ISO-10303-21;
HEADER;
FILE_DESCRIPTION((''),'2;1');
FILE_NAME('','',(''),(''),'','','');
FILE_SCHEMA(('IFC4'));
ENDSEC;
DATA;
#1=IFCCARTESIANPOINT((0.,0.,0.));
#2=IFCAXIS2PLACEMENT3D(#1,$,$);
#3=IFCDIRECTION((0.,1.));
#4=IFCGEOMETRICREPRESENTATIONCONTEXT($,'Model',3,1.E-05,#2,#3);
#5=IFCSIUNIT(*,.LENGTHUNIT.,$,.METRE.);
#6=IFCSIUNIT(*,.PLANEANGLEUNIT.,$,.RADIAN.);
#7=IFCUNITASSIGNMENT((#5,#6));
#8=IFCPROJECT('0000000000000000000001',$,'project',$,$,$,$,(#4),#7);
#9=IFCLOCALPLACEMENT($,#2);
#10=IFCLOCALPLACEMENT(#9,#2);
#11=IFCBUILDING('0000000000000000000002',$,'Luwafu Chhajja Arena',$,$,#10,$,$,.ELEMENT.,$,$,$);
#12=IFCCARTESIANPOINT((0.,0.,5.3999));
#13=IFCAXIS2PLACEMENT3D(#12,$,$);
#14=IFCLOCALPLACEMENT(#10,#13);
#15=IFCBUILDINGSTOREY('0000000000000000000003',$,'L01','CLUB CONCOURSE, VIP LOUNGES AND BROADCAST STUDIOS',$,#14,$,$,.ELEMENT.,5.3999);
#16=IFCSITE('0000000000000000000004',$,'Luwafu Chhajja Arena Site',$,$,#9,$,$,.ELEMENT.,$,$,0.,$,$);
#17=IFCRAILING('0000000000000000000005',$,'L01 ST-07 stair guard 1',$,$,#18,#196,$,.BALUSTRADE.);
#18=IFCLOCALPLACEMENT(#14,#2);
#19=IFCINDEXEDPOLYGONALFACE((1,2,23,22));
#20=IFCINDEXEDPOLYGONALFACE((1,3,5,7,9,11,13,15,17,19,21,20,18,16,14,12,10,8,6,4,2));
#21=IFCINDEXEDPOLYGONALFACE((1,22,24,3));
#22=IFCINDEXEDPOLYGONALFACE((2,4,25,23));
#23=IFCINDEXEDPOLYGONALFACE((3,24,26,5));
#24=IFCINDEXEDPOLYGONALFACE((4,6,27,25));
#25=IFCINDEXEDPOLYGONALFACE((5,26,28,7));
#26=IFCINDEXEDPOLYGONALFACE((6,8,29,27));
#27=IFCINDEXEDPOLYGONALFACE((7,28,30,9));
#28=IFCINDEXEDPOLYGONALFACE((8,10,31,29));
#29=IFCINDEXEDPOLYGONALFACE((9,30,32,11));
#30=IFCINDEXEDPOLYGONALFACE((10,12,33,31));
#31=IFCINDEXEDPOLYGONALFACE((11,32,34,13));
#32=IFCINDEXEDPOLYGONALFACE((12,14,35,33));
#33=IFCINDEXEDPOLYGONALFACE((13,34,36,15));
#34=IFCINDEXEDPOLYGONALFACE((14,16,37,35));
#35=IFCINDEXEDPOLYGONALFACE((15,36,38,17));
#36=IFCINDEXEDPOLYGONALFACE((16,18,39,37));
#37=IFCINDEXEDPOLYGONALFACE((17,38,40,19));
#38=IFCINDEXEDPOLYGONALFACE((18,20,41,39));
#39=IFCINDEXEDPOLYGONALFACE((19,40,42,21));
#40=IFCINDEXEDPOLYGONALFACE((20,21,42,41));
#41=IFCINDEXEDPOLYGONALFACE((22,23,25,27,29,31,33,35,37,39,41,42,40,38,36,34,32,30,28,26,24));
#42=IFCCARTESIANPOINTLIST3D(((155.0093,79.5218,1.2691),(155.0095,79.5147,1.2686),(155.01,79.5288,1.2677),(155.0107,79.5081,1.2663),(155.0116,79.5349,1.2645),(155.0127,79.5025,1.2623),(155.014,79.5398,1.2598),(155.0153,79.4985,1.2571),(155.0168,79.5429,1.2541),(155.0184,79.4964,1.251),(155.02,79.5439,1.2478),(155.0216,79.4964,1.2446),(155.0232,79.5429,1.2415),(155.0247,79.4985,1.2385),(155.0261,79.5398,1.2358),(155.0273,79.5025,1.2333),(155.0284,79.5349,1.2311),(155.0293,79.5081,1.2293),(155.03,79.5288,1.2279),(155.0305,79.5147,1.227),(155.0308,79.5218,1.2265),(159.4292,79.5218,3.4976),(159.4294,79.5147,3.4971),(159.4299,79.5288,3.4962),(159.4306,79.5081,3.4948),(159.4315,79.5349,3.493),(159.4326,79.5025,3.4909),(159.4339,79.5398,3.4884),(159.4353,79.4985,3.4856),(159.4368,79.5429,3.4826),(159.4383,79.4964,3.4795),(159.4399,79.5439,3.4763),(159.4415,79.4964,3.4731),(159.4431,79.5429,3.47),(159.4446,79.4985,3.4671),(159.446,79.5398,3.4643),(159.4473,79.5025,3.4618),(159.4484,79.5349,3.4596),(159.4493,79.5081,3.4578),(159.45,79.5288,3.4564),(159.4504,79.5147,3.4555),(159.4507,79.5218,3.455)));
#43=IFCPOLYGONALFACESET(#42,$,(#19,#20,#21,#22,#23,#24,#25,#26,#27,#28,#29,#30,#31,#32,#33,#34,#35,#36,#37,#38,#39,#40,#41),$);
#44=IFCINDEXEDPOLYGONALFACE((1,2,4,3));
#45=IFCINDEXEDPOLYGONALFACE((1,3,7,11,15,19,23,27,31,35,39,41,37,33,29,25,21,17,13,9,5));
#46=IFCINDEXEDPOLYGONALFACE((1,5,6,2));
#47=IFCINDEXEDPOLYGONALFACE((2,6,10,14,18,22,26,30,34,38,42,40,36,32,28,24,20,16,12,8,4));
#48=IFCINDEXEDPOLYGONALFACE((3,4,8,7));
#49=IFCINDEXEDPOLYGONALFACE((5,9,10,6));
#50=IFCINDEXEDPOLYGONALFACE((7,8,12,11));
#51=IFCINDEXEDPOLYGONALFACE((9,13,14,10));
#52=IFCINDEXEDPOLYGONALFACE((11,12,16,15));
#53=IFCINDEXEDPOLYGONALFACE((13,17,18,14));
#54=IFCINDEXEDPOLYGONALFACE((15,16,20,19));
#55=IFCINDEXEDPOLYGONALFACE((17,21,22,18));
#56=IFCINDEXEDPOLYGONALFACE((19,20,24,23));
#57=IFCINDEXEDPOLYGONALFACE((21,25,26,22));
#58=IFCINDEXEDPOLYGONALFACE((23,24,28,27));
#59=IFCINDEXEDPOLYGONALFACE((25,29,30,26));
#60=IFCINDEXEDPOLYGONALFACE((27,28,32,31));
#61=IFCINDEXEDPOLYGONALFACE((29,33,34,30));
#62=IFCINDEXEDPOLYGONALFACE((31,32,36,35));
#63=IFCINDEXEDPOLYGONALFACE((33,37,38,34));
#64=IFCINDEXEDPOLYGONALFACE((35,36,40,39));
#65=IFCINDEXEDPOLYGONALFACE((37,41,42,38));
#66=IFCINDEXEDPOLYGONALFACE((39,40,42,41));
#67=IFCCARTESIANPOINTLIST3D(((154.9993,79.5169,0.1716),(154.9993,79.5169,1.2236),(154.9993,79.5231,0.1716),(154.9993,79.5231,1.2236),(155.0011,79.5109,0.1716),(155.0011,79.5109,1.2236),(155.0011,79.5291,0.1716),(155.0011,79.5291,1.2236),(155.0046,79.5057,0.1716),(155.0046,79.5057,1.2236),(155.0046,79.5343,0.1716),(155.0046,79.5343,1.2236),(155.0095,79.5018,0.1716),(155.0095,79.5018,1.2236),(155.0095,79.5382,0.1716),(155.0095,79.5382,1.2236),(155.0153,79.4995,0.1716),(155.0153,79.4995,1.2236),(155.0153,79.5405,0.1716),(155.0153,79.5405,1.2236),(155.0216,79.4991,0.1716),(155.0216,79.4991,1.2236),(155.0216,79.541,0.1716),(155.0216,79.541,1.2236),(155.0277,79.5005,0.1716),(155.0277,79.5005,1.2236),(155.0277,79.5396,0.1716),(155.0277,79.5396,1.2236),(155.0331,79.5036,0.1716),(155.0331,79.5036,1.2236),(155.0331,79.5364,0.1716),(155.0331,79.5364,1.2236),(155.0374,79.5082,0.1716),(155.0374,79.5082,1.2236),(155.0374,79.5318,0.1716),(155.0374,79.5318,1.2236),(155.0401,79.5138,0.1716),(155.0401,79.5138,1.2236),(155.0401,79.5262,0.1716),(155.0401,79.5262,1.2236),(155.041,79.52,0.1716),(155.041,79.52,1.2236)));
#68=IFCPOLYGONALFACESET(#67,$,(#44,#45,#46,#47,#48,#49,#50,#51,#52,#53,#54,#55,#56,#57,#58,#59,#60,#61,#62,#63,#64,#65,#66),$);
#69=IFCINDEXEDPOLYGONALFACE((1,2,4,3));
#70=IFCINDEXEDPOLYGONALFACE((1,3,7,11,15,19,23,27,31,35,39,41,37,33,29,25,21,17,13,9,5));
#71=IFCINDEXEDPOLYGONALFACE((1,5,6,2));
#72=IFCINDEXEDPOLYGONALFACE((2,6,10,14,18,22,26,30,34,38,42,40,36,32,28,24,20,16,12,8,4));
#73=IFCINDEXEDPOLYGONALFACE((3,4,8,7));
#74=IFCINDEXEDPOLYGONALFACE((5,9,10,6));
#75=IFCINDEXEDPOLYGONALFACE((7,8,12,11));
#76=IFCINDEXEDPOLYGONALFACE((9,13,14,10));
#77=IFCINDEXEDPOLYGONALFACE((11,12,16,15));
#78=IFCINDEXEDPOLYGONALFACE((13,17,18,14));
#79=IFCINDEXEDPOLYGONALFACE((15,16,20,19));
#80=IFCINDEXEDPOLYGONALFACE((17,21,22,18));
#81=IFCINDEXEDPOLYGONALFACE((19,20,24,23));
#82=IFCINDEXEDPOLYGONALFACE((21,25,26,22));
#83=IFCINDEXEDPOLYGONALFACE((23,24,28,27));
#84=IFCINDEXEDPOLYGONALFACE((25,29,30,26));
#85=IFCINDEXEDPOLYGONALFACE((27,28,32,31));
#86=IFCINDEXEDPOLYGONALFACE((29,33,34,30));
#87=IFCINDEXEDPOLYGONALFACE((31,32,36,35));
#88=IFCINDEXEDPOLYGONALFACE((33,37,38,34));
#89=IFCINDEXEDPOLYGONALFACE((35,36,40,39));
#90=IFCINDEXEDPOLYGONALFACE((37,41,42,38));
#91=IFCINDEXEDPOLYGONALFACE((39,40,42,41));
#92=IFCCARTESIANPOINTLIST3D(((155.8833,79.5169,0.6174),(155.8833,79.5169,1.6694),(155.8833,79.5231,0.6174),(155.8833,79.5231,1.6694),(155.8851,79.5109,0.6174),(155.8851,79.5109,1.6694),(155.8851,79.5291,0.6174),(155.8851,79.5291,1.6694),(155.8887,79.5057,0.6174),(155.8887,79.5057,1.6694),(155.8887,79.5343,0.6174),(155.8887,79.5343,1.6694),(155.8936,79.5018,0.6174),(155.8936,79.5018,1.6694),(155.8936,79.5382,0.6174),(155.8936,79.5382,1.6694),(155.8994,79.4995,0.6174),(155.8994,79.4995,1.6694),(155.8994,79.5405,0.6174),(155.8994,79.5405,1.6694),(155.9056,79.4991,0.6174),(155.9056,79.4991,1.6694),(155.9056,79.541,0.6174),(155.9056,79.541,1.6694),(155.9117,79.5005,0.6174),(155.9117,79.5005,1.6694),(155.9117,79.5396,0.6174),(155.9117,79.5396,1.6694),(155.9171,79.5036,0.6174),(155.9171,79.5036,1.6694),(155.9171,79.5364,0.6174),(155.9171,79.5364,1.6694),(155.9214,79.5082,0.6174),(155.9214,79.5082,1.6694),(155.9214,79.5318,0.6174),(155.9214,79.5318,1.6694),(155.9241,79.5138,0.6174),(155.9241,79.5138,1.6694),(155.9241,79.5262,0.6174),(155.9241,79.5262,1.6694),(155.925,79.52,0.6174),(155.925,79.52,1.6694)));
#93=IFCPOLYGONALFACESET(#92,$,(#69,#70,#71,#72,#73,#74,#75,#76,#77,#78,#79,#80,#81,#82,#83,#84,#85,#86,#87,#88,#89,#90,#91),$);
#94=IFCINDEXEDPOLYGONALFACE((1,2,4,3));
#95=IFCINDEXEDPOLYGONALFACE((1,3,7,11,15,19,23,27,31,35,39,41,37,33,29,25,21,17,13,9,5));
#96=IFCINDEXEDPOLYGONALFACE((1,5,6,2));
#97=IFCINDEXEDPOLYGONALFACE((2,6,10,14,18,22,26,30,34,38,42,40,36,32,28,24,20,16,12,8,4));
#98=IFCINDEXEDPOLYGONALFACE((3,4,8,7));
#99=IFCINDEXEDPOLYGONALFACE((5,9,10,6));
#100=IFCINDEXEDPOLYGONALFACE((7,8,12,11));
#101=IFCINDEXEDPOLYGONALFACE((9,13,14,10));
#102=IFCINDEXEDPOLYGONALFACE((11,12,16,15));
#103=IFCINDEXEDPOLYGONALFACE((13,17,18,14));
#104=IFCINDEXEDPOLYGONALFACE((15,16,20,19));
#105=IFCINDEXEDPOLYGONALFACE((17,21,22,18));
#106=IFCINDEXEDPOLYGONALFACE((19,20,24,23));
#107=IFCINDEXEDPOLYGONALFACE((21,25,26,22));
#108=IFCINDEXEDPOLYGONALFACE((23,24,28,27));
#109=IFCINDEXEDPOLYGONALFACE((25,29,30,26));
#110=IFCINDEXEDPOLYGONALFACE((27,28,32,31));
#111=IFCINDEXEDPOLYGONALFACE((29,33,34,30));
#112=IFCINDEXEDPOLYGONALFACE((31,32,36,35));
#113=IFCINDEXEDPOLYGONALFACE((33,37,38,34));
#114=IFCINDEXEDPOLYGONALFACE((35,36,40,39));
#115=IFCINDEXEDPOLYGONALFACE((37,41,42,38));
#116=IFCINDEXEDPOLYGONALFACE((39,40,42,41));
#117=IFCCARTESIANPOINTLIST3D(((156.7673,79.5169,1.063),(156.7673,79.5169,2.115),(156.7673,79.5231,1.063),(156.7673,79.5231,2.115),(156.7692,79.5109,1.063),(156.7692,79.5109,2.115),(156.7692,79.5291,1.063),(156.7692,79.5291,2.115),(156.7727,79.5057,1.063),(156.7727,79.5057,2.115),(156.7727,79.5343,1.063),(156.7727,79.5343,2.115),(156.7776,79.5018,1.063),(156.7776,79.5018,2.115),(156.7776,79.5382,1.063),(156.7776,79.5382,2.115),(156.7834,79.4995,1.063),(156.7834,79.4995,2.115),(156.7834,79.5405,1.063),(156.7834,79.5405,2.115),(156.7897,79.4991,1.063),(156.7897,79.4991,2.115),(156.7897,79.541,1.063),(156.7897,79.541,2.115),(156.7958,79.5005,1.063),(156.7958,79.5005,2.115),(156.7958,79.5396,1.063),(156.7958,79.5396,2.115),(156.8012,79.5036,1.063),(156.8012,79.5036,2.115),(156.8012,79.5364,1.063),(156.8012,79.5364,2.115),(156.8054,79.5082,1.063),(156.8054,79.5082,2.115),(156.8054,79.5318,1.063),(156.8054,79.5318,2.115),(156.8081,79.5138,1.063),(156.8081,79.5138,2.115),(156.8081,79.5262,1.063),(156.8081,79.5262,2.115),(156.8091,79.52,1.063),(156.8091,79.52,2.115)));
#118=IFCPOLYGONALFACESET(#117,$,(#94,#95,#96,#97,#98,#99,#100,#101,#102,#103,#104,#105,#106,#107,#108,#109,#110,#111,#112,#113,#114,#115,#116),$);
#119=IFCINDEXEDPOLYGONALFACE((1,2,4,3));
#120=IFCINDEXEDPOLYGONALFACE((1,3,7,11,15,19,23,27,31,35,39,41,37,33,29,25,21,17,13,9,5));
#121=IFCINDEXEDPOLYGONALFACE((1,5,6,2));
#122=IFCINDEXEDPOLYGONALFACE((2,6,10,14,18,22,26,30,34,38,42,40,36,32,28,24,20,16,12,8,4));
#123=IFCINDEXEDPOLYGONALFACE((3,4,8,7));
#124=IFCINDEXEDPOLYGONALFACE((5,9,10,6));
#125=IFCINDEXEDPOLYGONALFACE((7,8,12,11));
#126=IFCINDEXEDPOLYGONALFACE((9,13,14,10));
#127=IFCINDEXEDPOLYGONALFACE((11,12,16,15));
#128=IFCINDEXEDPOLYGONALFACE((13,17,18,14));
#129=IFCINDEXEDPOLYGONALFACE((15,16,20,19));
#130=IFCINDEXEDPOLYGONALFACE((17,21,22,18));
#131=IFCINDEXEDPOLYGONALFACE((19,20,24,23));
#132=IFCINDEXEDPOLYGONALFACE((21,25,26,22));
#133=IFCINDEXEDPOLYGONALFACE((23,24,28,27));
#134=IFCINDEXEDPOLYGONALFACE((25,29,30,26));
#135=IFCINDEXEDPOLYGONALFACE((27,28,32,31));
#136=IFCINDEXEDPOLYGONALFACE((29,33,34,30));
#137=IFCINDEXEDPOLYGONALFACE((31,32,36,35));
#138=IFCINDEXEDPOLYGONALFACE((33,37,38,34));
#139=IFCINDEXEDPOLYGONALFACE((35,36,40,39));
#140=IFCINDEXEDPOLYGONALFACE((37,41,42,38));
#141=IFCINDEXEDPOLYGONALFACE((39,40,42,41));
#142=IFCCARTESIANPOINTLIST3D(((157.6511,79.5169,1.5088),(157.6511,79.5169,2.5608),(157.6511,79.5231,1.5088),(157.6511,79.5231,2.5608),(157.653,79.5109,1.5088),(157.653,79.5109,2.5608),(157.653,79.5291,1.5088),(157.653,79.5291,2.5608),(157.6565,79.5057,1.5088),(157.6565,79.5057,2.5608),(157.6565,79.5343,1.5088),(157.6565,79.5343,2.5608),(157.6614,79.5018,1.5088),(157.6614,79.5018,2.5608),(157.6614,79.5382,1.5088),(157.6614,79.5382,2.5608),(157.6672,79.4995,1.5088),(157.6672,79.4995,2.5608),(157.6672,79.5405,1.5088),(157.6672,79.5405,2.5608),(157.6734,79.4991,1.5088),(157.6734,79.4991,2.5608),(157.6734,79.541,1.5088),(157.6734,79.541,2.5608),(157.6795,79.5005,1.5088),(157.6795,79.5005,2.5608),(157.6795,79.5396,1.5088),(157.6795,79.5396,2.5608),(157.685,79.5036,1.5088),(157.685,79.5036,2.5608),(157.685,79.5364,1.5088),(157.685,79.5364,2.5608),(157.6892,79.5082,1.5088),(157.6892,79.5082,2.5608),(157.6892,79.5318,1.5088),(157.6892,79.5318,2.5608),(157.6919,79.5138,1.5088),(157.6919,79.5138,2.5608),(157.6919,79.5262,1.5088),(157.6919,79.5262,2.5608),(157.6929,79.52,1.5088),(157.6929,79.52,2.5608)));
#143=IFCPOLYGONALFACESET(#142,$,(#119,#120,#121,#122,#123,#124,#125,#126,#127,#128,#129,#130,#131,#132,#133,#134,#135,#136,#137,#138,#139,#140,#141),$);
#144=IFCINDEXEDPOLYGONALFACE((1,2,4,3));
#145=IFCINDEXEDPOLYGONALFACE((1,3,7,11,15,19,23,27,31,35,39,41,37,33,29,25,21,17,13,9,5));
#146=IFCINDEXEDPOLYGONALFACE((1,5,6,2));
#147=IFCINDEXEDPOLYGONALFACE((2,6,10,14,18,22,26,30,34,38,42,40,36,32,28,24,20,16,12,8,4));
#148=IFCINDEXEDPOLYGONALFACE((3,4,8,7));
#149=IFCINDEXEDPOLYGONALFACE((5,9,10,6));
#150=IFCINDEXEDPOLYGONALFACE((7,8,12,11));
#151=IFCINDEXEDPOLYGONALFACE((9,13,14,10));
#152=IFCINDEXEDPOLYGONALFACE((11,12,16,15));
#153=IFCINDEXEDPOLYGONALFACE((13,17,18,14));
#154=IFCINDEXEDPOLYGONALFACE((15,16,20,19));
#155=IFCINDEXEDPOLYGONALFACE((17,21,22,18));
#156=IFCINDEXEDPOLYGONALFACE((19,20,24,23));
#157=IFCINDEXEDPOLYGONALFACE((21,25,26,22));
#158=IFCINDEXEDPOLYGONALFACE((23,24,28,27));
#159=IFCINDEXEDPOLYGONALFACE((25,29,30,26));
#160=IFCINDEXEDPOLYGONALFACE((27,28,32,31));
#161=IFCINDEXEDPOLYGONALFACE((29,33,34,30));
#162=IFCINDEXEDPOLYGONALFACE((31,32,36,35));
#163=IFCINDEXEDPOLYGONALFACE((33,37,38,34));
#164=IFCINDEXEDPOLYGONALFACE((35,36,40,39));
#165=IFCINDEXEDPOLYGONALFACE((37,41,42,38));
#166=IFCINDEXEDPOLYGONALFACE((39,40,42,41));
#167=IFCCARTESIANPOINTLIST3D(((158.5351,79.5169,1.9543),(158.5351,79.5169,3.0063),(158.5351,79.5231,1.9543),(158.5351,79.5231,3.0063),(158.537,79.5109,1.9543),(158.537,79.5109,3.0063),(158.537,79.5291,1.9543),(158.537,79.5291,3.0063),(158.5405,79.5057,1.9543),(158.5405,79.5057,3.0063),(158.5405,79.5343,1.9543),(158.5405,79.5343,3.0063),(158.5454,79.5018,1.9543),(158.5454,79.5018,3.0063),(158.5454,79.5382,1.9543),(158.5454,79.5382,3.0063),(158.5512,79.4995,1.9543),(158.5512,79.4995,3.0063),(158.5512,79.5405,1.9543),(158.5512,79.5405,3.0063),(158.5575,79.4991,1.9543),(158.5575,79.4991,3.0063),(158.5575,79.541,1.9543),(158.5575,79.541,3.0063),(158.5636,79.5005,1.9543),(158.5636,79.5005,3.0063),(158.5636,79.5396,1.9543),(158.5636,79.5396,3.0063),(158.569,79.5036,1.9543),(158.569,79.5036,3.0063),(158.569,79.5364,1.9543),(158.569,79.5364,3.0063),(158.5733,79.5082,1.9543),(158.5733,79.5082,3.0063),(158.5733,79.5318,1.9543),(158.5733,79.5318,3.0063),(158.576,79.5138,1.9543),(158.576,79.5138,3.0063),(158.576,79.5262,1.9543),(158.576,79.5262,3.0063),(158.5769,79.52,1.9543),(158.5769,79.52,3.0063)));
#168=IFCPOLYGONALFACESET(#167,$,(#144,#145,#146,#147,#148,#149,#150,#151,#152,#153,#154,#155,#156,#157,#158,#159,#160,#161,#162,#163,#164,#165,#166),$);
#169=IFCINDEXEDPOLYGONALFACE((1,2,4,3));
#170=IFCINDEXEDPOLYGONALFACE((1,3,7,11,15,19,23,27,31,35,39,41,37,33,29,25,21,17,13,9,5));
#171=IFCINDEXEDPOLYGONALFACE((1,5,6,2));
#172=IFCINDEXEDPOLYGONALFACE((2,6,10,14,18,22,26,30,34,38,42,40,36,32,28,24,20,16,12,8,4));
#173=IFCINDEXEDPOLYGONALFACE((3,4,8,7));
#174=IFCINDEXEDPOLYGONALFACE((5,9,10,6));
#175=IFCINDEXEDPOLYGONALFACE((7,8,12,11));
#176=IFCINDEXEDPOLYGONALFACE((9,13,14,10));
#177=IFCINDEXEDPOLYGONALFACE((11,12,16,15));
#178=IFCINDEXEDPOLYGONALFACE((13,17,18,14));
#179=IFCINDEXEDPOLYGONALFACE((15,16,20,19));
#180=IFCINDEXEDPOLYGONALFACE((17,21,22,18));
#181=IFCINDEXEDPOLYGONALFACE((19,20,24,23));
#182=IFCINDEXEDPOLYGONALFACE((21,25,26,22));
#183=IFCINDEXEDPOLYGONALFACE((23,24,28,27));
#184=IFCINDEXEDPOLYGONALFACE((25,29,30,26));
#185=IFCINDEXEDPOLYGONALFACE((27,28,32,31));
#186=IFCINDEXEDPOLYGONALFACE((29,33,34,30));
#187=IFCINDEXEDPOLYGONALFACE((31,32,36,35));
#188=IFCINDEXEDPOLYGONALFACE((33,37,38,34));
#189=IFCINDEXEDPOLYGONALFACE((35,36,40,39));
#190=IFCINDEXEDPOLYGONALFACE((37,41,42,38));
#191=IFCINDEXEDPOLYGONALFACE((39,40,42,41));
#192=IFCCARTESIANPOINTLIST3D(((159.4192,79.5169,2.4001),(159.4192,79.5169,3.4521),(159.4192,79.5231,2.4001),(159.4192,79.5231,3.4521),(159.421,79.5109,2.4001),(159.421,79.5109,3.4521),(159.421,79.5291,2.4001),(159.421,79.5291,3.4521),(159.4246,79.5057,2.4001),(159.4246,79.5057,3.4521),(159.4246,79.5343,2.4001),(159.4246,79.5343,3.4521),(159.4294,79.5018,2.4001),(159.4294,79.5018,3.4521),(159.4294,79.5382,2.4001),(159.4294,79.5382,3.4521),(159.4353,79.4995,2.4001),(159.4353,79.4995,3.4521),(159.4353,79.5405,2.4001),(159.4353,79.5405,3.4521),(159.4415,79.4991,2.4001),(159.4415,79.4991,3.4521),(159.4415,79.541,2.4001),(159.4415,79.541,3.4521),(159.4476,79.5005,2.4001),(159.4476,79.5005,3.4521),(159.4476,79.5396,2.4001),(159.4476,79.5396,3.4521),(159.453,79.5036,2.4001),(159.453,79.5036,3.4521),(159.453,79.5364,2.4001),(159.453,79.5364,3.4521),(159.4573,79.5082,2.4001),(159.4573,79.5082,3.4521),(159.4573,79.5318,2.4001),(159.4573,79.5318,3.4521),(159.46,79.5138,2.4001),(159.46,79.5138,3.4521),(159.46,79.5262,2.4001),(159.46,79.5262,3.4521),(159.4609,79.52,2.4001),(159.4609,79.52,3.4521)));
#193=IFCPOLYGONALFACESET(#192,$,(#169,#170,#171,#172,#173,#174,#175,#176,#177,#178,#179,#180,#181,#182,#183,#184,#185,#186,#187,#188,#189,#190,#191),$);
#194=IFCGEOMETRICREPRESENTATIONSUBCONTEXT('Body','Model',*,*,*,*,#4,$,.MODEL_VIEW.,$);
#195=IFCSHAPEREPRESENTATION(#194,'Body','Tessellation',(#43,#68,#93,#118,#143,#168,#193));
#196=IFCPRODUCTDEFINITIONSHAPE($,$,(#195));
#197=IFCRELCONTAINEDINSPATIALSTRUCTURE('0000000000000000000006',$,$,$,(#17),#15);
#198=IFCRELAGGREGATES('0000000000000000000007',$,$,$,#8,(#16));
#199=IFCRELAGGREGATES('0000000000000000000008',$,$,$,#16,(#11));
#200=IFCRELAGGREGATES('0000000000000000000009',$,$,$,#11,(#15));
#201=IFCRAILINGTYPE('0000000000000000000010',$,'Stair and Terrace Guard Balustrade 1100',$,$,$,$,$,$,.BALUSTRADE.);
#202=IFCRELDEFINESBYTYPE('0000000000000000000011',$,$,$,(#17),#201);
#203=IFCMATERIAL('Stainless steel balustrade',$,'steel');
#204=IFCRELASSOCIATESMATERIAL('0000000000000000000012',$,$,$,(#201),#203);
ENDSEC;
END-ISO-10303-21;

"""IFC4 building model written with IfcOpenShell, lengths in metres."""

from ifc_helpers import new_model, si_unit, direction, frame, origin, origin_2d, place, context, subcontext, project, spatial, circle, extrude, material, type_object, element, save


model = new_model("IFC4")

# Units and contexts
model_context = context("Model", 3, precision=1e-05, world=origin(), true_north=direction((0.0, 1.0)))
body_context = subcontext(model_context, "Body", "Model", "MODEL_VIEW")
ifc_project = project(units=[si_unit("LENGTHUNIT", "METRE"), si_unit("PLANEANGLEUNIT", "RADIAN")], contexts=[model_context])

# Site, building, storey
site_placement = place(None, origin())
site = spatial("IfcSite", under=ifc_project, at=site_placement, Name="Luwafu Chhajja Arena Site", CompositionType="ELEMENT", RefElevation=0.0)
building_placement = place(site_placement, origin())
building = spatial("IfcBuilding", under=site, at=building_placement, Name="Luwafu Chhajja Arena", CompositionType="ELEMENT")
storey_placement = place(building_placement, frame((0.0, 0.0, 5.3999)))
storey = spatial("IfcBuildingStorey", under=building, at=storey_placement, Name="L01", Description="CLUB CONCOURSE, VIP LOUNGES AND BROADCAST STUDIOS", CompositionType="ELEMENT", Elevation=5.3999)

# Railing
ifc_material_1 = material(Name="Stainless steel balustrade", Category="steel")
railing_type_1 = type_object("IfcRailingType", Name="Stair and Terrace Guard Balustrade 1100", PredefinedType="BALUSTRADE", material=ifc_material_1)
railing_1_placement = place(storey_placement, frame((155.02, 79.52, 0.1716)))
element("IfcRailing", 1, at=railing_1_placement, inside=storey, type_object=railing_type_1, Name="L01 ST-07 stair guard 1", PredefinedType="BALUSTRADE", context=body_context, shape_type="SweptSolid", body=[
    extrude(circle(Radius=0.0239, at=origin_2d()), frame((0.0, 0.0, 1.0762), z_axis=(0.892923, 0.0, 0.45021), x_axis=(0.0, 1.0, 0.0)), (0.0, 0.0, 1.0), 4.95),
    extrude(circle(Radius=0.021, at=origin_2d()), origin(), (0.0, 0.0, 1.0), 1.052),
    extrude(circle(Radius=0.021, at=origin_2d()), frame((0.884, 0.0, 0.4458)), (0.0, 0.0, 1.0), 1.052),
    extrude(circle(Radius=0.021, at=origin_2d()), frame((1.7681, 0.0, 0.8914)), (0.0, 0.0, 1.0), 1.052),
    extrude(circle(Radius=0.021, at=origin_2d()), frame((2.6519, 0.0, 1.3372)), (0.0, 0.0, 1.0), 1.052),
    extrude(circle(Radius=0.021, at=origin_2d()), frame((3.5359, 0.0, 1.7827)), (0.0, 0.0, 1.0), 1.052),
    extrude(circle(Radius=0.021, at=origin_2d()), frame((4.4199, 0.0, 2.2285)), (0.0, 0.0, 1.0), 1.052),
])

save(model, "model.ifc")
